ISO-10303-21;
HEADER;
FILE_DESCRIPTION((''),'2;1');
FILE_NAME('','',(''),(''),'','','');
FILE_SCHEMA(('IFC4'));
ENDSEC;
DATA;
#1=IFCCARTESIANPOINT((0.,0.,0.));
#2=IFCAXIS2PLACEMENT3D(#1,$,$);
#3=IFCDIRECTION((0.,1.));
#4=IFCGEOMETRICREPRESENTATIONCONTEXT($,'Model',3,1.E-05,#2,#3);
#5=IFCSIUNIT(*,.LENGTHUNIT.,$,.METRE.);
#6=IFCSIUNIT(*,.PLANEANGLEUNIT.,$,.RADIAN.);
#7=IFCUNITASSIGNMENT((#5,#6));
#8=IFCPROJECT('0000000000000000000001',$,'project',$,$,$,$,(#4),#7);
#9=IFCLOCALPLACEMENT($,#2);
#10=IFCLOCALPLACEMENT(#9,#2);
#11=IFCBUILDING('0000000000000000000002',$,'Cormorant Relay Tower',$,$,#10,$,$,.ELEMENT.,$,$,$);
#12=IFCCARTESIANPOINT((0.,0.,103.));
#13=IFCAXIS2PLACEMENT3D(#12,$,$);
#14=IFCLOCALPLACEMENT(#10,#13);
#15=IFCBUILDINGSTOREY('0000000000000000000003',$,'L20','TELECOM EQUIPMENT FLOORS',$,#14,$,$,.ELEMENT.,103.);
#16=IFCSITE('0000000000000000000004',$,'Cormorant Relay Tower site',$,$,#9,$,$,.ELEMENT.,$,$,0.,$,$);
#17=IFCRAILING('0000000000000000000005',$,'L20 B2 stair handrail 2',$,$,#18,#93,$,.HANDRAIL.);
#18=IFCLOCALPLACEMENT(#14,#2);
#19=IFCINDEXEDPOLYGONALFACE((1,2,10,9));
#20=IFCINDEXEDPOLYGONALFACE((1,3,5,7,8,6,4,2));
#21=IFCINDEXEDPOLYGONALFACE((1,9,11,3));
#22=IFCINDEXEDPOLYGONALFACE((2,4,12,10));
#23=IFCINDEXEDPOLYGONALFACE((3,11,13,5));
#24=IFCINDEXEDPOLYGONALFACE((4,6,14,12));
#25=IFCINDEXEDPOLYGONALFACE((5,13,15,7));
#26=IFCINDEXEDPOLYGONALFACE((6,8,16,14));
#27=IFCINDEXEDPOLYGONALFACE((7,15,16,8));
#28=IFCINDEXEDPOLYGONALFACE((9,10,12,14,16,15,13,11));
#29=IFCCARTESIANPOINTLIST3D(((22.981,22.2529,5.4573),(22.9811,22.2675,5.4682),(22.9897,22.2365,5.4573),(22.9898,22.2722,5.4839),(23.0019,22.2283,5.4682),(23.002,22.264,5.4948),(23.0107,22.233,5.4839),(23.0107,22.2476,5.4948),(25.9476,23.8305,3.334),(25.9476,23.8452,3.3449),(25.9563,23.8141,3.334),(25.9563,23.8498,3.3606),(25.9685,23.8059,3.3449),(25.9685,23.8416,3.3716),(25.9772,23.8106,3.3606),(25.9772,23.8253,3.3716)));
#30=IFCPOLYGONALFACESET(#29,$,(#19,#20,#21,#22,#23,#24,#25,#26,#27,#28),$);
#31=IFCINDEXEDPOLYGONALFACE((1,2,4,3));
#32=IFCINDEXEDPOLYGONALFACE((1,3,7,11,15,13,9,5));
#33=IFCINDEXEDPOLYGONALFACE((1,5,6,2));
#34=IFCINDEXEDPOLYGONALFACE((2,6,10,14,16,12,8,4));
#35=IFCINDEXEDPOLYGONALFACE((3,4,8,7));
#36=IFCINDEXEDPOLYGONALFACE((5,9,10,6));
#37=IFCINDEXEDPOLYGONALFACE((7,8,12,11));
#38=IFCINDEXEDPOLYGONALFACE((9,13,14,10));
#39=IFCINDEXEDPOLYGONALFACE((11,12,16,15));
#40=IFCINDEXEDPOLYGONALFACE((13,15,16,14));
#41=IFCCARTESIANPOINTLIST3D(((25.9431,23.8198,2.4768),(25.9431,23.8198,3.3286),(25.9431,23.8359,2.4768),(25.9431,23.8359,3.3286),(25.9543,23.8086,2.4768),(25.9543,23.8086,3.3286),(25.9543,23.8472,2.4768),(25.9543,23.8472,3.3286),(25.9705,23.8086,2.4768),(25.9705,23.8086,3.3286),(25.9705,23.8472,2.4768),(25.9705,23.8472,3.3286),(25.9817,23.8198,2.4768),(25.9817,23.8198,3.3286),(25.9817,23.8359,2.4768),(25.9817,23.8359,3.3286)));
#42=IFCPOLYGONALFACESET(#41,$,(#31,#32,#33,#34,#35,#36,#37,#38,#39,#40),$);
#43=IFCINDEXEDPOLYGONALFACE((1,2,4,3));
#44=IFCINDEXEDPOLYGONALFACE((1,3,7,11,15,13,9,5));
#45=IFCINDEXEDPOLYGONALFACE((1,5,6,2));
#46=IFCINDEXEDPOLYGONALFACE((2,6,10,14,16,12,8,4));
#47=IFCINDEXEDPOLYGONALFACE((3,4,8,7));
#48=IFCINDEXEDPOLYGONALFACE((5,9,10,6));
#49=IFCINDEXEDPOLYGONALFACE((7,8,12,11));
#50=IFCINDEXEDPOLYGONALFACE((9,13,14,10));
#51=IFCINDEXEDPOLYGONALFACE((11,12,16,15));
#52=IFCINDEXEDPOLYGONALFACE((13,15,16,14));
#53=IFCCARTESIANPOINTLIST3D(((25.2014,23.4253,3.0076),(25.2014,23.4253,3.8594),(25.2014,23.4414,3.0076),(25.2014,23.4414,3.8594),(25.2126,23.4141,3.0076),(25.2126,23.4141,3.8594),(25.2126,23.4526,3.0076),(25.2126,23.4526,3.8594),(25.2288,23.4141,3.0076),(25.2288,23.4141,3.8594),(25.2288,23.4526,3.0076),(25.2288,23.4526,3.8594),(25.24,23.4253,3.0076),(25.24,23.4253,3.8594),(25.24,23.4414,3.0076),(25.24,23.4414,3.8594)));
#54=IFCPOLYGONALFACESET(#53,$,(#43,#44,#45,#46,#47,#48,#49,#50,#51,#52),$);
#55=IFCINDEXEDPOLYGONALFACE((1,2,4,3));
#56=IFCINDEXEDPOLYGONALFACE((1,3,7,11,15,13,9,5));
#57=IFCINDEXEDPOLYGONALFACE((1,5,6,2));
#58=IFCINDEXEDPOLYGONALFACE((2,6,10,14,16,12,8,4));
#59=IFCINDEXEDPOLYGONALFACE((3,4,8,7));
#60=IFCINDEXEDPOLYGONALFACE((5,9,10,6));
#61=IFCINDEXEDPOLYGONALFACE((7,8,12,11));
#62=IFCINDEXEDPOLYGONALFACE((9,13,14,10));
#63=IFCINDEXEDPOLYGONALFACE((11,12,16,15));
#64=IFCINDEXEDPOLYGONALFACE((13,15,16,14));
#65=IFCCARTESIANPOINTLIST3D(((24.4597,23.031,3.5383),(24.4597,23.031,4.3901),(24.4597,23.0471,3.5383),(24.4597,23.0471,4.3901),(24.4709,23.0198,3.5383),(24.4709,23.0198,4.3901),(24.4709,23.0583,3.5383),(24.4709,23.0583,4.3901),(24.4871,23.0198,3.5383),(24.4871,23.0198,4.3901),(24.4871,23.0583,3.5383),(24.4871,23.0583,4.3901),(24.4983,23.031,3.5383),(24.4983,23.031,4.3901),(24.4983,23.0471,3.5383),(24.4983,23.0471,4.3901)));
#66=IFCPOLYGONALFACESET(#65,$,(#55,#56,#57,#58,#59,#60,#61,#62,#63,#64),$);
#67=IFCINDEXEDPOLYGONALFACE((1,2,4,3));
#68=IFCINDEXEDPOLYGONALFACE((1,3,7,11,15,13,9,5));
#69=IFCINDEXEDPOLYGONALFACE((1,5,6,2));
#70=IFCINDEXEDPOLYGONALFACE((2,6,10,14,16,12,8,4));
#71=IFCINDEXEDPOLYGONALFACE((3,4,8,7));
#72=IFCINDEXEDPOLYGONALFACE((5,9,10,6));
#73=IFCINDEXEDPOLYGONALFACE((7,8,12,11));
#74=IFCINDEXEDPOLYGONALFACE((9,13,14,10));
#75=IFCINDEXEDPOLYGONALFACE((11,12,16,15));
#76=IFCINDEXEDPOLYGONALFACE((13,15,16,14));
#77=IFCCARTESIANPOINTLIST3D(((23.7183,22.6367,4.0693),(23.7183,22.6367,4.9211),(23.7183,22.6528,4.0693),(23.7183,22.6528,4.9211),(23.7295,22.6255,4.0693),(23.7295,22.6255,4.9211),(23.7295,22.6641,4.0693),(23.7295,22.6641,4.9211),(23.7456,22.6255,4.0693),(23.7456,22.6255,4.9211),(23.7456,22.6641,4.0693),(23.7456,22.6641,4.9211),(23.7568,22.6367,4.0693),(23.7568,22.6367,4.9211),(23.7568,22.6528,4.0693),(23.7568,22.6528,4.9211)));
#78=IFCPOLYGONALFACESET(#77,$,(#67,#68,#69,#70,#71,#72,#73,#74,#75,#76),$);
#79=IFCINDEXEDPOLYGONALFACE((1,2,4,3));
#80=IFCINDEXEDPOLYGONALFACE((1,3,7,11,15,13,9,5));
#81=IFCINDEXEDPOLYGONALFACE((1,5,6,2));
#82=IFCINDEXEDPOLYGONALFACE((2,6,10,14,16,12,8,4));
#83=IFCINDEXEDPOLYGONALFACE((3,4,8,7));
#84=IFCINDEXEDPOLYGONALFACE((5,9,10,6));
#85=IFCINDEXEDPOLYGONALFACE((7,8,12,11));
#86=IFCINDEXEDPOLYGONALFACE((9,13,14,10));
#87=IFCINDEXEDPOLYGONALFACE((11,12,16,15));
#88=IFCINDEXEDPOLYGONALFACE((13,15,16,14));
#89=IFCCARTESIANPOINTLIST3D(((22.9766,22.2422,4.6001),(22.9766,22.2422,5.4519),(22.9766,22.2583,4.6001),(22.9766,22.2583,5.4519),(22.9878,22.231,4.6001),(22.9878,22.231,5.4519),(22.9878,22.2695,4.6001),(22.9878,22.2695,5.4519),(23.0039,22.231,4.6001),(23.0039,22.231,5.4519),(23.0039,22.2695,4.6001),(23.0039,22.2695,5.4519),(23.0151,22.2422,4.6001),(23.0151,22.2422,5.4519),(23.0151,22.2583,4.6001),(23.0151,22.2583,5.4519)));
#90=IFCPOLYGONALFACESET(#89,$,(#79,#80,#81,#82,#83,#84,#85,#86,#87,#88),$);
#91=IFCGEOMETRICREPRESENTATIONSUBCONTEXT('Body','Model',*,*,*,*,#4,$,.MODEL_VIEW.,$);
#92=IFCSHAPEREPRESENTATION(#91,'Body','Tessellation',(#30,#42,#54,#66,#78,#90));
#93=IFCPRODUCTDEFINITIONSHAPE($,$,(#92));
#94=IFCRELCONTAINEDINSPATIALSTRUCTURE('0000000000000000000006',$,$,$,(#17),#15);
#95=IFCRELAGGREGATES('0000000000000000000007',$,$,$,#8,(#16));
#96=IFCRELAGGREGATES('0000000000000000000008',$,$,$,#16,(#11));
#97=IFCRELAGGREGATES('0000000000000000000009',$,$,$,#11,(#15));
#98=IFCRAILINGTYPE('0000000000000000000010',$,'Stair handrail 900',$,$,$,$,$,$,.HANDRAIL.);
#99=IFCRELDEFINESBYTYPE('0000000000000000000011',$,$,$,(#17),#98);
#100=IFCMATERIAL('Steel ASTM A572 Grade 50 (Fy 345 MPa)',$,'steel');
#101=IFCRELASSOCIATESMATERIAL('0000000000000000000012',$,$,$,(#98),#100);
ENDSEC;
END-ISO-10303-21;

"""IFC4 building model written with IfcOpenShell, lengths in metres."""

from ifc_helpers import new_model, si_unit, direction, frame, origin, place, context, subcontext, project, spatial, polyline, outline, extrude, material, type_object, element, save


model = new_model("IFC4")

# Units and contexts
model_context = context("Model", 3, precision=1e-05, world=origin(), true_north=direction((0.0, 1.0)))
body_context = subcontext(model_context, "Body", "Model", "MODEL_VIEW")
ifc_project = project(units=[si_unit("LENGTHUNIT", "METRE"), si_unit("PLANEANGLEUNIT", "RADIAN")], contexts=[model_context])

# Site, building, storey
site_placement = place(None, origin())
site = spatial("IfcSite", under=ifc_project, at=site_placement, Name="Cormorant Relay Tower site", CompositionType="ELEMENT", RefElevation=0.0)
building_placement = place(site_placement, origin())
building = spatial("IfcBuilding", under=site, at=building_placement, Name="Cormorant Relay Tower", CompositionType="ELEMENT")
storey_placement = place(building_placement, frame((0.0, 0.0, 103.0)))
storey = spatial("IfcBuildingStorey", under=building, at=storey_placement, Name="L20", Description="TELECOM EQUIPMENT FLOORS", CompositionType="ELEMENT", Elevation=103.0)

# Railing
ifc_material_1 = material(Name="Steel ASTM A572 Grade 50 (Fy 345 MPa)", Category="steel")
railing_type_1 = type_object("IfcRailingType", Name="Stair handrail 900", PredefinedType="HANDRAIL", material=ifc_material_1)
railing_1_placement = place(storey_placement, frame((25.9624, 23.8279, 2.4768)))
element("IfcRailing", 1, at=railing_1_placement, inside=storey, type_object=railing_type_1, Name="L20 B2 stair handrail 2", PredefinedType="HANDRAIL", context=body_context, shape_type="SweptSolid", body=[
    extrude(outline(polyline([(0.0222, 0.0093), (0.0093, 0.0222), (-0.0093, 0.0222), (-0.0222, 0.0093), (-0.0222, -0.0093), (-0.0093, -0.0222), (0.0093, -0.0222), (0.0222, -0.0093), (0.0222, 0.0093)])), frame((0.0, 0.0, 0.876), z_axis=(-0.746371, -0.396926, 0.53421), x_axis=(0.469539, -0.882911, 0.0)), (0.0, 0.0, 1.0), 3.9746),
    extrude(outline(polyline([(0.0193, 0.0081), (0.0081, 0.0193), (-0.0081, 0.0193), (-0.0193, 0.0081), (-0.0193, -0.0081), (-0.0081, -0.0193), (0.0081, -0.0193), (0.0193, -0.0081), (0.0193, 0.0081)])), origin(), (0.0, 0.0, 1.0), 0.8518),
    extrude(outline(polyline([(0.0193, 0.0081), (0.0081, 0.0193), (-0.0081, 0.0193), (-0.0193, 0.0081), (-0.0193, -0.0081), (-0.0081, -0.0193), (0.0081, -0.0193), (0.0193, -0.0081), (0.0193, 0.0081)])), frame((-0.7417, -0.3945, 0.5308)), (0.0, 0.0, 1.0), 0.8518),
    extrude(outline(polyline([(0.0193, 0.0081), (0.0081, 0.0193), (-0.0081, 0.0193), (-0.0193, 0.0081), (-0.0193, -0.0081), (-0.0081, -0.0193), (0.0081, -0.0193), (0.0193, -0.0081), (0.0193, 0.0081)])), frame((-1.4834, -0.7888, 1.0615)), (0.0, 0.0, 1.0), 0.8518),
    extrude(outline(polyline([(0.0193, 0.0081), (0.0081, 0.0193), (-0.0081, 0.0193), (-0.0193, 0.0081), (-0.0193, -0.0081), (-0.0081, -0.0193), (0.0081, -0.0193), (0.0193, -0.0081), (0.0193, 0.0081)])), frame((-2.2249, -1.1831, 1.5925)), (0.0, 0.0, 1.0), 0.8518),
    extrude(outline(polyline([(0.0193, 0.0081), (0.0081, 0.0193), (-0.0081, 0.0193), (-0.0193, 0.0081), (-0.0193, -0.0081), (-0.0081, -0.0193), (0.0081, -0.0193), (0.0193, -0.0081), (0.0193, 0.0081)])), frame((-2.9666, -1.5776, 2.1233)), (0.0, 0.0, 1.0), 0.8518),
])

save(model, "model.ifc")
